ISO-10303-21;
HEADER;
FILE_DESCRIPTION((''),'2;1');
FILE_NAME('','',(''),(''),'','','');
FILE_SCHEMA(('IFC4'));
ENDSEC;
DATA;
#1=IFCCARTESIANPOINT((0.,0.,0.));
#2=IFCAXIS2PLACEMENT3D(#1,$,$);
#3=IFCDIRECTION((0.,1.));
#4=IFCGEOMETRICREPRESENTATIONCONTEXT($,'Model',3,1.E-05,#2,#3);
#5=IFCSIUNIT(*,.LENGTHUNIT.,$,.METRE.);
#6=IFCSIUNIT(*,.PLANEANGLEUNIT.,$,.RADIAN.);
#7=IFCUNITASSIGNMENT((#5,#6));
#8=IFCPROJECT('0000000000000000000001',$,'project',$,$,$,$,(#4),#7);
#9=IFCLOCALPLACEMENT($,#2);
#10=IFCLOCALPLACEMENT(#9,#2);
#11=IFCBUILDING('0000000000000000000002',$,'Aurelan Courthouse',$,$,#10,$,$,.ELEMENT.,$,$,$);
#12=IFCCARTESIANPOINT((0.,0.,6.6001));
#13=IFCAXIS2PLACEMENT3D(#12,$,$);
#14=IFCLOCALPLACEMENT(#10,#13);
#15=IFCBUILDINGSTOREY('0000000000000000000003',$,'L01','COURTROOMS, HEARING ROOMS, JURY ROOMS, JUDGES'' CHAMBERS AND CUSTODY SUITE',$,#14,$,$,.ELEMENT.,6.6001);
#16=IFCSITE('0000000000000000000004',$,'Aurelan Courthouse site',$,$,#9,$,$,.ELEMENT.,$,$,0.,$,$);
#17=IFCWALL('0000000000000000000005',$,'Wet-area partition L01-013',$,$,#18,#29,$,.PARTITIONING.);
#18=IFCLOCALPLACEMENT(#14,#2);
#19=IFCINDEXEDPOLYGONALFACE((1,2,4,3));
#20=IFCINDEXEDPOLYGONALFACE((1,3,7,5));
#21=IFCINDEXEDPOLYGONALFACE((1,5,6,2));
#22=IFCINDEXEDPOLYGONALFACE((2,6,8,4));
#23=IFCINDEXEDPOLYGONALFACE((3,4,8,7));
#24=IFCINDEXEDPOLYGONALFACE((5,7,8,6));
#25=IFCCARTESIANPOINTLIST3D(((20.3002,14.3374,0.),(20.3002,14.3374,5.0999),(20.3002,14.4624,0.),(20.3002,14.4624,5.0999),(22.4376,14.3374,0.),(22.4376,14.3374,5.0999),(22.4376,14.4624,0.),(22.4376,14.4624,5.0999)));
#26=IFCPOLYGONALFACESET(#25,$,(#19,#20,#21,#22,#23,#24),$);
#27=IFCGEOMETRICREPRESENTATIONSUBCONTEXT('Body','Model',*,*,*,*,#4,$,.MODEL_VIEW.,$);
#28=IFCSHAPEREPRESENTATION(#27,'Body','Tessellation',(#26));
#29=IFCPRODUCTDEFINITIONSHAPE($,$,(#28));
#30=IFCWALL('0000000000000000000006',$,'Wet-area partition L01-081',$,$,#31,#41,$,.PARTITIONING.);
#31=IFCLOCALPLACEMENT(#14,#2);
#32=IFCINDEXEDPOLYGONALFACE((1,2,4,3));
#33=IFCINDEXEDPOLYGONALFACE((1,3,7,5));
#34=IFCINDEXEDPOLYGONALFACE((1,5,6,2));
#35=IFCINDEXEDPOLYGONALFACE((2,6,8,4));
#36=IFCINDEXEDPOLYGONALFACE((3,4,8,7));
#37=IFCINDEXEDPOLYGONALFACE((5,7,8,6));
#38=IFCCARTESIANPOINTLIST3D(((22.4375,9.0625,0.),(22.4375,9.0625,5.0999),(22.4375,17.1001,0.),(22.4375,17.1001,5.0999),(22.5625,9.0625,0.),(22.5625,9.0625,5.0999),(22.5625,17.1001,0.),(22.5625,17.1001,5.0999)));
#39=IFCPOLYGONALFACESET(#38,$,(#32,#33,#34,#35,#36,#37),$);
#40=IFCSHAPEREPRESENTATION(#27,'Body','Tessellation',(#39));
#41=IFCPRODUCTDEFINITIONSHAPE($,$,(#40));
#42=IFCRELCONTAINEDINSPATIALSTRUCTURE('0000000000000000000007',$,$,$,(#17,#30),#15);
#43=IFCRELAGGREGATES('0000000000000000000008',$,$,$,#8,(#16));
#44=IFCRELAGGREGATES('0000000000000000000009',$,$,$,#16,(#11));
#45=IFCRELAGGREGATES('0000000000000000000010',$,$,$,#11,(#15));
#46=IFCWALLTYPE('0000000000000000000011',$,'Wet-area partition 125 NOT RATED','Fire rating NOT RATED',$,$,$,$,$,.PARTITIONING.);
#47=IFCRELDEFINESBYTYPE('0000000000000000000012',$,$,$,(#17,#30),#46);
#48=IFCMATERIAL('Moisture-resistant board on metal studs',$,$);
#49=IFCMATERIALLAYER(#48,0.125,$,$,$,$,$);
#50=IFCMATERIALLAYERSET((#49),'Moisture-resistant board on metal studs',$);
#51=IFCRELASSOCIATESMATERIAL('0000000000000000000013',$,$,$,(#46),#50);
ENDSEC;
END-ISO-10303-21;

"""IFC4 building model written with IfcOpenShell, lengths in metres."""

from ifc_helpers import new_model, si_unit, direction, frame, frame_2d, origin, place, context, subcontext, project, spatial, rectangle, extrude, material, layer, layer_set, type_object, element, save


model = new_model("IFC4")

# Units and contexts
model_context = context("Model", 3, precision=1e-05, world=origin(), true_north=direction((0.0, 1.0)))
body_context = subcontext(model_context, "Body", "Model", "MODEL_VIEW")
ifc_project = project(units=[si_unit("LENGTHUNIT", "METRE"), si_unit("PLANEANGLEUNIT", "RADIAN")], contexts=[model_context])

# Site, building, storey
site_placement = place(None, origin())
site = spatial("IfcSite", under=ifc_project, at=site_placement, Name="Aurelan Courthouse site", CompositionType="ELEMENT", RefElevation=0.0)
building_placement = place(site_placement, origin())
building = spatial("IfcBuilding", under=site, at=building_placement, Name="Aurelan Courthouse", CompositionType="ELEMENT")
storey_placement = place(building_placement, frame((0.0, 0.0, 6.6001)))
storey = spatial("IfcBuildingStorey", under=building, at=storey_placement, Name="L01", Description="COURTROOMS, HEARING ROOMS, JURY ROOMS, JUDGES' CHAMBERS AND CUSTODY SUITE", CompositionType="ELEMENT", Elevation=6.6001)

# Walls
ifc_material_1 = material(Name="Moisture-resistant board on metal studs")
ifc_layer_1 = layer(ifc_material_1, 0.125)
ifc_layer_set_1 = layer_set([ifc_layer_1], Name="Moisture-resistant board on metal studs")
wall_type_1 = type_object("IfcWallType", Name="Wet-area partition 125 NOT RATED", Description="Fire rating NOT RATED", PredefinedType="PARTITIONING", material=ifc_layer_set_1)
wall_1_placement = place(storey_placement, frame((20.3, 14.3999, 0.0), z_axis=(0.0, 0.0, 1.0), x_axis=(1.0, 0.0, 0.0)))
element("IfcWall", 1, at=wall_1_placement, inside=storey, type_object=wall_type_1, Name="Wet-area partition L01-013", PredefinedType="PARTITIONING", context=body_context, shape_type="SweptSolid", body=[
    extrude(rectangle(XDim=2.1375, YDim=0.125, at=frame_2d((1.0688, 0.0))), origin(), (0.0, 0.0, 1.0), 5.0999),
])
wall_2_placement = place(storey_placement, frame((22.5, 9.0625, 0.0), z_axis=(0.0, 0.0, 1.0), x_axis=(0.0, 1.0, 0.0)))
element("IfcWall", 2, at=wall_2_placement, inside=storey, type_object=wall_type_1, Name="Wet-area partition L01-081", PredefinedType="PARTITIONING", context=body_context, shape_type="SweptSolid", body=[
    extrude(rectangle(XDim=8.0376, YDim=0.125, at=frame_2d((4.0188, 0.0))), origin(), (0.0, 0.0, 1.0), 5.0999),
])

save(model, "model.ifc")
